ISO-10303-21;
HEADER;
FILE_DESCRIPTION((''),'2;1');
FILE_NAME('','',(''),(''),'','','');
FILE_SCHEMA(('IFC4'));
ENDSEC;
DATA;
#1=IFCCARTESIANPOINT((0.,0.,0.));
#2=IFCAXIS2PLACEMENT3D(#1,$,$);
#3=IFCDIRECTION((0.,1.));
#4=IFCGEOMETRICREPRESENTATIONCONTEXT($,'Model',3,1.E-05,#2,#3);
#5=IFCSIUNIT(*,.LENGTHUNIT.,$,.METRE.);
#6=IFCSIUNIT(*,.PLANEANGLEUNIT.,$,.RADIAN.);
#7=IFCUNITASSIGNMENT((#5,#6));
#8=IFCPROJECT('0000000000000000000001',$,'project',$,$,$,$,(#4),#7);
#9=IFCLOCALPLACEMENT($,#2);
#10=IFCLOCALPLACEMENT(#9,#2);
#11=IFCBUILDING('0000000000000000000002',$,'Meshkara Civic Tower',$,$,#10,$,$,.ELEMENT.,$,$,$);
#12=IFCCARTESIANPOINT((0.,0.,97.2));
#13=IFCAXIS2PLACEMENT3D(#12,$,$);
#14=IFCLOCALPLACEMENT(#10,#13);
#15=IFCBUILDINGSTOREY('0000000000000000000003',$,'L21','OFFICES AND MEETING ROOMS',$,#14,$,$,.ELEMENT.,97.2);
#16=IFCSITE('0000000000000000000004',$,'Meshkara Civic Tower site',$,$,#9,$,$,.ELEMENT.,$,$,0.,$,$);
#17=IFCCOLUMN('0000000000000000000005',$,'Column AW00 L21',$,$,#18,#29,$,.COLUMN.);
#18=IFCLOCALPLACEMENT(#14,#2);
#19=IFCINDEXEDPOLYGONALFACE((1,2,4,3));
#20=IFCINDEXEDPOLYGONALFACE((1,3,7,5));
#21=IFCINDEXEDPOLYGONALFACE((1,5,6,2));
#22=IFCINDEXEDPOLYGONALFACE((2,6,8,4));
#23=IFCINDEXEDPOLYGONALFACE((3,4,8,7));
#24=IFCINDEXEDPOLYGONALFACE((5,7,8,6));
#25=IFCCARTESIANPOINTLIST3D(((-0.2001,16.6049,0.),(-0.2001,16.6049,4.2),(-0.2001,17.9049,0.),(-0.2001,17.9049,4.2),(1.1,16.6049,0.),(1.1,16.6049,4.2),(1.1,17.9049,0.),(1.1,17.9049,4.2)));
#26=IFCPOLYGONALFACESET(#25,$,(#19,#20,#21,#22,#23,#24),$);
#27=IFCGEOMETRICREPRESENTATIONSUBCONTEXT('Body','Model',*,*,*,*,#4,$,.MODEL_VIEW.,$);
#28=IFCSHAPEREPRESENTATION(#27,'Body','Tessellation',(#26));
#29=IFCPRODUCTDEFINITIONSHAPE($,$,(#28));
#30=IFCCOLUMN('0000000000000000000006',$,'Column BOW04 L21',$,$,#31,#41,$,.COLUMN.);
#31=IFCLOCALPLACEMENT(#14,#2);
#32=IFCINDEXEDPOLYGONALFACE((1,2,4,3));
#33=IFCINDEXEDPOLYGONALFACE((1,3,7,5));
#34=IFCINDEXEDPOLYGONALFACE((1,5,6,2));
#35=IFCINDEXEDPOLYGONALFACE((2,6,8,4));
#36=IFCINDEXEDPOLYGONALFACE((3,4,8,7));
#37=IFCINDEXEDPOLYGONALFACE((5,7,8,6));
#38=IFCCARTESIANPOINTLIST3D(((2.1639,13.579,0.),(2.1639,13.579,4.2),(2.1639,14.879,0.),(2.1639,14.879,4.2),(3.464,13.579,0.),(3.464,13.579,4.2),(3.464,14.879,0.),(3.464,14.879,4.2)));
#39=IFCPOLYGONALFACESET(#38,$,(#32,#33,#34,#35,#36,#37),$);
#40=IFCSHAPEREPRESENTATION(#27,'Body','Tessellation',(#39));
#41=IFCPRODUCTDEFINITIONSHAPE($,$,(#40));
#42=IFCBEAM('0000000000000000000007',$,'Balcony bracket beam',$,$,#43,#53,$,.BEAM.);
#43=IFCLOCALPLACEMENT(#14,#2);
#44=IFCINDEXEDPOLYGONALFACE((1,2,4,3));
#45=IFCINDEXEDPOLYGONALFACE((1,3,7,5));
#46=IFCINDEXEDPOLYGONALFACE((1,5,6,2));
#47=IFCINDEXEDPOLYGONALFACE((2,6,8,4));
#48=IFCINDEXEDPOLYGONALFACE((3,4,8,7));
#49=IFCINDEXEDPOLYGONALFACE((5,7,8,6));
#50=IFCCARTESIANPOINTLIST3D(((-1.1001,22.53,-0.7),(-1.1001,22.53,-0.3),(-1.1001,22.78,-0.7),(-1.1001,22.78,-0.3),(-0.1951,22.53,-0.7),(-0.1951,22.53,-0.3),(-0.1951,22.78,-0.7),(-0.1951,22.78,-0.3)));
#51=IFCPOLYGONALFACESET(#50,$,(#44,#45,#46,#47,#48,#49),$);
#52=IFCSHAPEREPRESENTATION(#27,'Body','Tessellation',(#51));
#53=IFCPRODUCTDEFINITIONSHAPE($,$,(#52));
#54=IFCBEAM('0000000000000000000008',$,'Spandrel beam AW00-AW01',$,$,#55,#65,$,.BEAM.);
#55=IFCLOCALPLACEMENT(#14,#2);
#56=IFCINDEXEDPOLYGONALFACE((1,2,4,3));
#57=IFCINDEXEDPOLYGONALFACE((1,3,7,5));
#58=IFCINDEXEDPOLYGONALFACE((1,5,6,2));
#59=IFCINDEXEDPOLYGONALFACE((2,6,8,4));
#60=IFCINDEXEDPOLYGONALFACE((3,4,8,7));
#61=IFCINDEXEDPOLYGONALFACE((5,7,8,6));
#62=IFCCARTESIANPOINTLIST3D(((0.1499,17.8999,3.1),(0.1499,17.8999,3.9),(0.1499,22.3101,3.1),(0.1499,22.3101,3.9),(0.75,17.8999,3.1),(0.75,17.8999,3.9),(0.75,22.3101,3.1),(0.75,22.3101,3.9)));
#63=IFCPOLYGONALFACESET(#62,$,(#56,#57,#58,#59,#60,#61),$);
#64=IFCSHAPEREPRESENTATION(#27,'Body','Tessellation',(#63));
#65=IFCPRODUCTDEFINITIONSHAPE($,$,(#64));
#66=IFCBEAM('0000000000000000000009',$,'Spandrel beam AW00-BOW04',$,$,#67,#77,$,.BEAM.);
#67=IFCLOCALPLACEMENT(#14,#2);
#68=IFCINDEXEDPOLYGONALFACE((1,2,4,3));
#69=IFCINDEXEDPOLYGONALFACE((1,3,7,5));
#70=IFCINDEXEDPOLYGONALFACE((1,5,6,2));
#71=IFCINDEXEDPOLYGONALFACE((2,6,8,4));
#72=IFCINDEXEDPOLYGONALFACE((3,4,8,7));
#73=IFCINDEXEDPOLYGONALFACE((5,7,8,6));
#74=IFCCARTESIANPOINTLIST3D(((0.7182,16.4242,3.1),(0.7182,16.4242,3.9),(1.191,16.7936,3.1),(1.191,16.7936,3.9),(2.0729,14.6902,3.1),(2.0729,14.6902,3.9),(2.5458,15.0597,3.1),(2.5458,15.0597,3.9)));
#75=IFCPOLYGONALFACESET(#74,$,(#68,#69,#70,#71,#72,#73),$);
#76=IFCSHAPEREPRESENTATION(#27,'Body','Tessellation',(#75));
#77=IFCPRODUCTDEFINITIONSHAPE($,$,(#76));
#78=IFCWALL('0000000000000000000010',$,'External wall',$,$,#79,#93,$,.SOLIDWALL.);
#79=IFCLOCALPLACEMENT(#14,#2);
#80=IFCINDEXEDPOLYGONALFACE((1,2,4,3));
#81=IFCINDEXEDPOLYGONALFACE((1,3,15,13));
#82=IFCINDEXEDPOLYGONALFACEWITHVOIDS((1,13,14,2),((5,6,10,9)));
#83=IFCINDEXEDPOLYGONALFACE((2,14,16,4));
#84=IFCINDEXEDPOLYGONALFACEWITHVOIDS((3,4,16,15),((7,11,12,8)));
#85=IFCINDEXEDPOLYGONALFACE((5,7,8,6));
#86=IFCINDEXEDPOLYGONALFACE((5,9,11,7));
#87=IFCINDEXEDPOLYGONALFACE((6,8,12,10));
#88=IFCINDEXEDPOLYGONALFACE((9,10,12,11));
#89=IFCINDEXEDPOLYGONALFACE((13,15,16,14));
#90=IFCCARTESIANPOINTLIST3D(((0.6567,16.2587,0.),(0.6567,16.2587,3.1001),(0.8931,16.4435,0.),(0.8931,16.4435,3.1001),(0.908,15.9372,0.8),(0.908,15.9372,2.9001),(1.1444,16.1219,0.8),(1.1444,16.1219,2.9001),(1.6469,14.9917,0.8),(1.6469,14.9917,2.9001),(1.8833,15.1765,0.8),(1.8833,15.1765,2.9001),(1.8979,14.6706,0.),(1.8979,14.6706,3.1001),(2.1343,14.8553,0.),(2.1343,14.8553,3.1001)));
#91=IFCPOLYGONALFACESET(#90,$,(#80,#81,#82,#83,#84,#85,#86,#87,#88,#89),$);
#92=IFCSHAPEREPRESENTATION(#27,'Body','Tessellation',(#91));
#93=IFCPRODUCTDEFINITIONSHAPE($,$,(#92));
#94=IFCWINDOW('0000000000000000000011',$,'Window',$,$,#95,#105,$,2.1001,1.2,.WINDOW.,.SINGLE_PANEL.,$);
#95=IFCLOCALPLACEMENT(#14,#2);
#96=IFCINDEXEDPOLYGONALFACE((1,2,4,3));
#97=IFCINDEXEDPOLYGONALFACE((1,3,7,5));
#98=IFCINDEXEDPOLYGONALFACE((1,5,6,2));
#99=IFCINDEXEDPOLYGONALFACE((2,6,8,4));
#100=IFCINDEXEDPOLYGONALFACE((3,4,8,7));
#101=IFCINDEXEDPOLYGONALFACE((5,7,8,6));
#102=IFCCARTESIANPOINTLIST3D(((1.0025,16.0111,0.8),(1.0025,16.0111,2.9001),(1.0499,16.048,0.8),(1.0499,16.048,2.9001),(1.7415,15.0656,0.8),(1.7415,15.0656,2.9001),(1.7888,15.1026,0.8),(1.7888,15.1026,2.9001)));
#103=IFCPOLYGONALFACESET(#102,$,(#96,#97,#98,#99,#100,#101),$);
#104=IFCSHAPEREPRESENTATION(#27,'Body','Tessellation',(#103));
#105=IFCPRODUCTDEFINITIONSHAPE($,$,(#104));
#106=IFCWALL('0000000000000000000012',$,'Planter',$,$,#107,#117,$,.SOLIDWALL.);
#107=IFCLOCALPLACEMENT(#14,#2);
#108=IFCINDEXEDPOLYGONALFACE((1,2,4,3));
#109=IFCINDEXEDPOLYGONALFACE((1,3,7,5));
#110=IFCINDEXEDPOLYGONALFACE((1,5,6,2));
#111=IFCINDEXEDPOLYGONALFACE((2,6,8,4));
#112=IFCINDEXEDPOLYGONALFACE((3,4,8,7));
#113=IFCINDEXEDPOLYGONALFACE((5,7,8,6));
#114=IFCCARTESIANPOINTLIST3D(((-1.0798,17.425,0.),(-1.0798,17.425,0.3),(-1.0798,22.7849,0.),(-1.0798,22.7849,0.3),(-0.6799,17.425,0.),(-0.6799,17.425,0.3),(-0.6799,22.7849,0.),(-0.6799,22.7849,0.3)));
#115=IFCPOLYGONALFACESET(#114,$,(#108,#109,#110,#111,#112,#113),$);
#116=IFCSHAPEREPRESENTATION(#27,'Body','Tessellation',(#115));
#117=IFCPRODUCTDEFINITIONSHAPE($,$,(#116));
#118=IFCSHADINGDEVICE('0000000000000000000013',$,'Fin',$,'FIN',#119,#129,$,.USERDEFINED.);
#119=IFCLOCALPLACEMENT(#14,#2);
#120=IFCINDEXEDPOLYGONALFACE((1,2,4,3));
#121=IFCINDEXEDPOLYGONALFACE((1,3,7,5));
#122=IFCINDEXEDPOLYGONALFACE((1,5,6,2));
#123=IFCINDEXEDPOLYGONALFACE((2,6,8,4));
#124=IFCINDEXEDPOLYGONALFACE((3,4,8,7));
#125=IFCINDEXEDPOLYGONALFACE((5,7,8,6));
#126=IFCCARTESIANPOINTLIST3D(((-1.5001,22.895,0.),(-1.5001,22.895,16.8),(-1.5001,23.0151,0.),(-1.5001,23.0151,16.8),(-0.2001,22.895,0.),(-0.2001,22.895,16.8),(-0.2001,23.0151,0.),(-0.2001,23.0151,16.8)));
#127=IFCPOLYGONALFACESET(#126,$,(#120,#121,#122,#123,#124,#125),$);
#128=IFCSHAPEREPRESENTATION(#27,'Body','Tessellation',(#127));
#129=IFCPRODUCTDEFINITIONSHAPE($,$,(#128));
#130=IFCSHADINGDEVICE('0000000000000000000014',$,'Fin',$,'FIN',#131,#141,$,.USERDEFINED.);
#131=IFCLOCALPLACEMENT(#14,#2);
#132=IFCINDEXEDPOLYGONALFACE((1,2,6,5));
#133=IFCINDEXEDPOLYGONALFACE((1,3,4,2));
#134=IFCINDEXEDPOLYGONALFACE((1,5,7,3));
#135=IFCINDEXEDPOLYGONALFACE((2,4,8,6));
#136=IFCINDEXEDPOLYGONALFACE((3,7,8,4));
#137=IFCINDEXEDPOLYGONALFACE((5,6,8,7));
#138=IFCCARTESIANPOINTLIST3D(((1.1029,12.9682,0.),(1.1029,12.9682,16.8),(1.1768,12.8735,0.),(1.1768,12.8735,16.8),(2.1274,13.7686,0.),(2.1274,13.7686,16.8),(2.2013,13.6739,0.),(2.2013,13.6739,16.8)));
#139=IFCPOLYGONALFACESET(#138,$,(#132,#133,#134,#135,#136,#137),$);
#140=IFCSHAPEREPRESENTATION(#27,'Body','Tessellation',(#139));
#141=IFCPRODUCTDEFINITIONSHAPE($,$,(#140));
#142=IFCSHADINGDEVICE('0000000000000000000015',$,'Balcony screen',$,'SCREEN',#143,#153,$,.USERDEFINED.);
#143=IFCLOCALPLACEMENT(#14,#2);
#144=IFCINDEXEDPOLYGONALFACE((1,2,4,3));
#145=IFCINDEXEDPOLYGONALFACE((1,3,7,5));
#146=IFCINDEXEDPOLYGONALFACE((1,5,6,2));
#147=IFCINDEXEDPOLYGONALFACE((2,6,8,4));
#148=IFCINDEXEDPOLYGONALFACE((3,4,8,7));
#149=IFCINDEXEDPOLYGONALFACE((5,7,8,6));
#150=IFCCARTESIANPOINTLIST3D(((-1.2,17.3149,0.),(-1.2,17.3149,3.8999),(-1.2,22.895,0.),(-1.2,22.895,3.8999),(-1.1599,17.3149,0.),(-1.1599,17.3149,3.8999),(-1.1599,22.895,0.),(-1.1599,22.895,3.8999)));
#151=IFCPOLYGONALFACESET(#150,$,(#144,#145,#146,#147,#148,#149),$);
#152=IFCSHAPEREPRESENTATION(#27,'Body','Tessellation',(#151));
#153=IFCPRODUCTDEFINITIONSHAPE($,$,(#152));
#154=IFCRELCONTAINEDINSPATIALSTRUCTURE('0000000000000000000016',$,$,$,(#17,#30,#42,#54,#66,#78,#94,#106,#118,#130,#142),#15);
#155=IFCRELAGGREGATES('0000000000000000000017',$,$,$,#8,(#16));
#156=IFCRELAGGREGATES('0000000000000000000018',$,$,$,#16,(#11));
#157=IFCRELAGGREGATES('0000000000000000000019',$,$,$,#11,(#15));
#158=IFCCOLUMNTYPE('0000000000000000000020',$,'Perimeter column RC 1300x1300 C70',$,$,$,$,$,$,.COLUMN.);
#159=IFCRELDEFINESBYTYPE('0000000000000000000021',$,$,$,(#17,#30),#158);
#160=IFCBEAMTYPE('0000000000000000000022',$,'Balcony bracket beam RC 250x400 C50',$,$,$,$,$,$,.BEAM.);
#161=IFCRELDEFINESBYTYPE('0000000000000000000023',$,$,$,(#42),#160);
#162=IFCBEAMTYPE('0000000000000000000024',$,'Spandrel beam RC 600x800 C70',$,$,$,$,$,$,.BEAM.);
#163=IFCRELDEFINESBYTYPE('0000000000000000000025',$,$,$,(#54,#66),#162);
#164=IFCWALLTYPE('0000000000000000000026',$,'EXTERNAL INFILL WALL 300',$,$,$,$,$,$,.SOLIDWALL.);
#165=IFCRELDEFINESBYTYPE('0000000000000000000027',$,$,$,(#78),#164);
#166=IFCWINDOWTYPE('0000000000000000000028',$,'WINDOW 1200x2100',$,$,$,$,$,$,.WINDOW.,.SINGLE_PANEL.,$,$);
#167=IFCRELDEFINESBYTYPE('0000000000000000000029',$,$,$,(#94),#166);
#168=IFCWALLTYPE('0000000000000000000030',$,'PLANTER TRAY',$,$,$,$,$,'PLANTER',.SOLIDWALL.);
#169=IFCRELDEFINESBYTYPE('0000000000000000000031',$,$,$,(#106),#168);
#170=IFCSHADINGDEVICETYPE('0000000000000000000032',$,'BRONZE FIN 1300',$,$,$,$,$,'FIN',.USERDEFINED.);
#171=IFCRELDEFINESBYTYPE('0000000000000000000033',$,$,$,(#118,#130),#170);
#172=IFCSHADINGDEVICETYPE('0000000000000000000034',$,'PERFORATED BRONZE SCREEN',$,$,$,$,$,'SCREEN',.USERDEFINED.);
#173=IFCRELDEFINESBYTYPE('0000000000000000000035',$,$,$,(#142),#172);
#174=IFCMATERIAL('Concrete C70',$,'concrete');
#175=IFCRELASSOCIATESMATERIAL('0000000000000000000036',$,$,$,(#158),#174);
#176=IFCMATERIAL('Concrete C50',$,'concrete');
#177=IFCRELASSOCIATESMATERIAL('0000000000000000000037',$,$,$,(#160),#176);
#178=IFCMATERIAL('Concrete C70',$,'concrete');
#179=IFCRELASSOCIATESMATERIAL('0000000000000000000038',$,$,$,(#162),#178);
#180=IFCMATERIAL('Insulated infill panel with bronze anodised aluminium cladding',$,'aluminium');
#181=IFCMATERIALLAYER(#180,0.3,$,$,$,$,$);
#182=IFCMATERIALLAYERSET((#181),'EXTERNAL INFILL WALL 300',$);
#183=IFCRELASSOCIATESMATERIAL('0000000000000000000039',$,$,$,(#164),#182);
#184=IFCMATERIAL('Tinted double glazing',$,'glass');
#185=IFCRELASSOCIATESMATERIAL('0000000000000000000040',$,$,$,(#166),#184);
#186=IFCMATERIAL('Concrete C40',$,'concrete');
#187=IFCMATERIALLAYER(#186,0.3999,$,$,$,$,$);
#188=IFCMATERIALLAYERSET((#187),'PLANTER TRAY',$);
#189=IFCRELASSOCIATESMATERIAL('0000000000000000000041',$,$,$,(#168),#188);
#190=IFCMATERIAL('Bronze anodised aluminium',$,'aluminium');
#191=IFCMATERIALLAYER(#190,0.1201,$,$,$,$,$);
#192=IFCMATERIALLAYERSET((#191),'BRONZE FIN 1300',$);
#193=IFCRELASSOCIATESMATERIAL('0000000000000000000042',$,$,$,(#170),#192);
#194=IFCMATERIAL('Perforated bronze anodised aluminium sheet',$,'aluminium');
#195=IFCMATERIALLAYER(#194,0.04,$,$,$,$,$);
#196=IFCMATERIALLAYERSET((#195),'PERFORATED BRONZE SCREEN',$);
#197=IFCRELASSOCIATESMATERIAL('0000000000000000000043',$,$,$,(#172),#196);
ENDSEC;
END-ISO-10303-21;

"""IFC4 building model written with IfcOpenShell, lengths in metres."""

from ifc_helpers import new_model, si_unit, direction, frame, frame_2d, origin, origin_2d, place, context, subcontext, project, spatial, rectangle, extrude, material, layer, layer_set, material_profile, profile_set, type_object, element, fill, save


model = new_model("IFC4")

# Units and contexts
model_context = context("Model", 3, precision=1e-05, world=origin(), true_north=direction((0.0, 1.0)))
body_context = subcontext(model_context, "Body", "Model", "MODEL_VIEW")
ifc_project = project(units=[si_unit("LENGTHUNIT", "METRE"), si_unit("PLANEANGLEUNIT", "RADIAN")], contexts=[model_context])

# Site, building, storey
site_placement = place(None, origin())
site = spatial("IfcSite", under=ifc_project, at=site_placement, Name="Meshkara Civic Tower site", CompositionType="ELEMENT", RefElevation=0.0)
building_placement = place(site_placement, origin())
building = spatial("IfcBuilding", under=site, at=building_placement, Name="Meshkara Civic Tower", CompositionType="ELEMENT")
storey_placement = place(building_placement, frame((0.0, 0.0, 97.2)))
storey = spatial("IfcBuildingStorey", under=building, at=storey_placement, Name="L21", Description="OFFICES AND MEETING ROOMS", CompositionType="ELEMENT", Elevation=97.2)

# Columns
ifc_material_1 = material(Name="Concrete C70", Category="concrete")
ifc_material_profile_1 = material_profile(ifc_material_1, rectangle(XDim=1.3, YDim=1.3, at=origin_2d()))
ifc_profile_set_1 = profile_set([ifc_material_profile_1], Name="Concrete C70")
column_type = type_object("IfcColumnType", Name="Perimeter column RC 1300x1300 C70", PredefinedType="COLUMN", material=ifc_profile_set_1)
for number, where, z_axis, x_axis, name in (
    (1, (0.45, 17.2549, 0.0), (0.0, 0.0, 1.0), (1.0, 0.0, 0.0), "Column AW00 L21"),
    (2, (2.814, 14.229, 0.0), (0.0, 0.0, 1.0), (1.0, 0.0, 0.0), "Column BOW04 L21"),
):
    element("IfcColumn", number, at=place(storey_placement, frame(where, z_axis=z_axis, x_axis=x_axis)), inside=storey, type_object=column_type, Name=name, PredefinedType="COLUMN", context=body_context, shape_type="SweptSolid", body=[
        extrude(rectangle(XDim=1.3, YDim=1.3, at=origin_2d()), origin(), (0.0, 0.0, 1.0), 4.2),
    ])

# Beams
ifc_material_2 = material(Name="Concrete C50", Category="concrete")
ifc_material_profile_2 = material_profile(ifc_material_2, rectangle(XDim=0.25, YDim=0.3999, at=origin_2d()))
ifc_profile_set_2 = profile_set([ifc_material_profile_2], Name="Concrete C50")
beam_type_1 = type_object("IfcBeamType", Name="Balcony bracket beam RC 250x400 C50", PredefinedType="BEAM", material=ifc_profile_set_2)
beam_1_placement = place(storey_placement, frame((-0.1951, 22.655, -0.5), z_axis=(-1.0, 0.0, 0.0), x_axis=(0.0, -1.0, 0.0)))
element("IfcBeam", 3, at=beam_1_placement, inside=storey, type_object=beam_type_1, Name="Balcony bracket beam", PredefinedType="BEAM", context=body_context, shape_type="SweptSolid", body=[
    extrude(rectangle(XDim=0.25, YDim=0.3999, at=origin_2d()), origin(), (0.0, 0.0, 1.0), 0.905),
])
ifc_material_3 = material(Name="Concrete C70", Category="concrete")
ifc_material_profile_3 = material_profile(ifc_material_3, rectangle(XDim=0.6001, YDim=0.8, at=origin_2d()))
ifc_profile_set_3 = profile_set([ifc_material_profile_3], Name="Concrete C70")
beam_type_2 = type_object("IfcBeamType", Name="Spandrel beam RC 600x800 C70", PredefinedType="BEAM", material=ifc_profile_set_3)
beam_2_placement = place(storey_placement, frame((0.45, 22.3101, 3.5), z_axis=(0.0, -1.0, 0.0), x_axis=(1.0, 0.0, 0.0)))
element("IfcBeam", 4, at=beam_2_placement, inside=storey, type_object=beam_type_2, Name="Spandrel beam AW00-AW01", PredefinedType="BEAM", context=body_context, shape_type="SweptSolid", body=[
    extrude(rectangle(XDim=0.6001, YDim=0.8, at=origin_2d()), origin(), (0.0, 0.0, 1.0), 4.4102),
])
beam_3_placement = place(storey_placement, frame((0.9546, 16.6089, 3.5), z_axis=(0.615683, -0.787994, 0.0), x_axis=(0.787994, 0.615683, 0.0)))
element("IfcBeam", 5, at=beam_3_placement, inside=storey, type_object=beam_type_2, Name="Spandrel beam AW00-BOW04", PredefinedType="BEAM", context=body_context, shape_type="SweptSolid", body=[
    extrude(rectangle(XDim=0.6001, YDim=0.8, at=origin_2d()), origin(), (0.0, 0.0, 1.0), 2.2004),
])

# Wall, opening, window
ifc_material_4 = material(Name="Insulated infill panel with bronze anodised aluminium cladding", Category="aluminium")
ifc_layer_1 = layer(ifc_material_4, 0.3)
ifc_layer_set_1 = layer_set([ifc_layer_1], Name="EXTERNAL INFILL WALL 300")
wall_type_1 = type_object("IfcWallType", Name="EXTERNAL INFILL WALL 300", PredefinedType="SOLIDWALL", material=ifc_layer_set_1)
wall_1_placement = place(storey_placement, frame((0.7749, 16.3511, 0.0), z_axis=(0.0, 0.0, 1.0), x_axis=(0.615792, -0.787909, 0.0)))
wall_1 = element("IfcWall", 6, at=wall_1_placement, inside=storey, type_object=wall_type_1, Name="External wall", PredefinedType="SOLIDWALL", context=body_context, shape_type="SweptSolid", body=[
    extrude(rectangle(XDim=2.0156, YDim=0.3, at=frame_2d((1.0078, 0.0))), origin(), (0.0, 0.0, 1.0), 3.1001),
])
opening_1_placement = place(wall_1_placement, frame((0.408, 0.0, 0.8)))
opening_1 = element("IfcOpeningElement", 7, at=opening_1_placement, cuts=wall_1, PredefinedType="OPENING", context=body_context, shape_type="SweptSolid", body=[
    extrude(rectangle(XDim=1.2, YDim=2.1001, at=frame_2d((0.6001, 1.05))), frame((0.0, 0.1599, 0.0), z_axis=(0.0, -1.0, 0.0), x_axis=(1.0, 0.0, 0.0)), (0.0, 0.0, 1.0), 0.3201),
])
ifc_material_5 = material(Name="Tinted double glazing", Category="glass")
window_type = type_object("IfcWindowType", Name="WINDOW 1200x2100", PartitioningType="SINGLE_PANEL", PredefinedType="WINDOW", material=ifc_material_5)
window_placement = place(opening_1_placement, origin())
window = element("IfcWindow", 8, at=window_placement, inside=storey, type_object=window_type, Name="Window", OverallHeight=2.1001, OverallWidth=1.2, PartitioningType="SINGLE_PANEL", PredefinedType="WINDOW", context=body_context, shape_type="SweptSolid", body=[
    extrude(rectangle(XDim=1.2, YDim=2.1001, at=frame_2d((0.6001, 1.05))), frame((0.0, 0.03, 0.0), z_axis=(0.0, -1.0, 0.0), x_axis=(1.0, 0.0, 0.0)), (0.0, 0.0, 1.0), 0.0601),
])
fill(opening_1, window)

# Wall
ifc_material_6 = material(Name="Concrete C40", Category="concrete")
ifc_layer_2 = layer(ifc_material_6, 0.3999)
ifc_layer_set_2 = layer_set([ifc_layer_2], Name="PLANTER TRAY")
wall_type_2 = type_object("IfcWallType", Name="PLANTER TRAY", ElementType="PLANTER", PredefinedType="SOLIDWALL", material=ifc_layer_set_2)
wall_2_placement = place(storey_placement, frame((-0.8799, 22.7849, 0.0), z_axis=(0.0, 0.0, 1.0), x_axis=(0.0, -1.0, 0.0)))
element("IfcWall", 9, at=wall_2_placement, inside=storey, type_object=wall_type_2, Name="Planter", PredefinedType="SOLIDWALL", context=body_context, shape_type="SweptSolid", body=[
    extrude(rectangle(XDim=5.3599, YDim=0.3999, at=frame_2d((2.6799, 0.0))), origin(), (0.0, 0.0, 1.0), 0.3),
])

# Shading devices
ifc_material_7 = material(Name="Bronze anodised aluminium", Category="aluminium")
ifc_layer_3 = layer(ifc_material_7, 0.1201)
ifc_layer_set_3 = layer_set([ifc_layer_3], Name="BRONZE FIN 1300")
shading_device_type_1 = type_object("IfcShadingDeviceType", Name="BRONZE FIN 1300", ElementType="FIN", PredefinedType="USERDEFINED", material=ifc_layer_set_3)
for number, where, z_axis, x_axis, name in (
    (10, (-0.8501, 22.9551, 0.0), (0.0, 0.0, 1.0), (0.0, -1.0, 0.0), "Fin"),
    (11, (1.6521, 13.321, 0.0), (0.0, 0.0, 1.0), (0.615661, -0.788011, 0.0), "Fin"),
):
    element("IfcShadingDevice", number, at=place(storey_placement, frame(where, z_axis=z_axis, x_axis=x_axis)), inside=storey, type_object=shading_device_type_1, Name=name, ObjectType="FIN", PredefinedType="USERDEFINED", context=body_context, shape_type="SweptSolid", body=[
        extrude(rectangle(XDim=0.1201, YDim=1.3, at=origin_2d()), origin(), (0.0, 0.0, 1.0), 16.8),
    ])
ifc_material_8 = material(Name="Perforated bronze anodised aluminium sheet", Category="aluminium")
ifc_layer_4 = layer(ifc_material_8, 0.04)
ifc_layer_set_4 = layer_set([ifc_layer_4], Name="PERFORATED BRONZE SCREEN")
shading_device_type_2 = type_object("IfcShadingDeviceType", Name="PERFORATED BRONZE SCREEN", ElementType="SCREEN", PredefinedType="USERDEFINED", material=ifc_layer_set_4)
shading_device_placement = place(storey_placement, frame((-1.1799, 20.105, 0.0), z_axis=(0.0, 0.0, 1.0), x_axis=(0.0, -1.0, 0.0)))
element("IfcShadingDevice", 12, at=shading_device_placement, inside=storey, type_object=shading_device_type_2, Name="Balcony screen", ObjectType="SCREEN", PredefinedType="USERDEFINED", context=body_context, shape_type="SweptSolid", body=[
    extrude(rectangle(XDim=5.5801, YDim=0.04, at=origin_2d()), origin(), (0.0, 0.0, 1.0), 3.8999),
])

save(model, "model.ifc")
